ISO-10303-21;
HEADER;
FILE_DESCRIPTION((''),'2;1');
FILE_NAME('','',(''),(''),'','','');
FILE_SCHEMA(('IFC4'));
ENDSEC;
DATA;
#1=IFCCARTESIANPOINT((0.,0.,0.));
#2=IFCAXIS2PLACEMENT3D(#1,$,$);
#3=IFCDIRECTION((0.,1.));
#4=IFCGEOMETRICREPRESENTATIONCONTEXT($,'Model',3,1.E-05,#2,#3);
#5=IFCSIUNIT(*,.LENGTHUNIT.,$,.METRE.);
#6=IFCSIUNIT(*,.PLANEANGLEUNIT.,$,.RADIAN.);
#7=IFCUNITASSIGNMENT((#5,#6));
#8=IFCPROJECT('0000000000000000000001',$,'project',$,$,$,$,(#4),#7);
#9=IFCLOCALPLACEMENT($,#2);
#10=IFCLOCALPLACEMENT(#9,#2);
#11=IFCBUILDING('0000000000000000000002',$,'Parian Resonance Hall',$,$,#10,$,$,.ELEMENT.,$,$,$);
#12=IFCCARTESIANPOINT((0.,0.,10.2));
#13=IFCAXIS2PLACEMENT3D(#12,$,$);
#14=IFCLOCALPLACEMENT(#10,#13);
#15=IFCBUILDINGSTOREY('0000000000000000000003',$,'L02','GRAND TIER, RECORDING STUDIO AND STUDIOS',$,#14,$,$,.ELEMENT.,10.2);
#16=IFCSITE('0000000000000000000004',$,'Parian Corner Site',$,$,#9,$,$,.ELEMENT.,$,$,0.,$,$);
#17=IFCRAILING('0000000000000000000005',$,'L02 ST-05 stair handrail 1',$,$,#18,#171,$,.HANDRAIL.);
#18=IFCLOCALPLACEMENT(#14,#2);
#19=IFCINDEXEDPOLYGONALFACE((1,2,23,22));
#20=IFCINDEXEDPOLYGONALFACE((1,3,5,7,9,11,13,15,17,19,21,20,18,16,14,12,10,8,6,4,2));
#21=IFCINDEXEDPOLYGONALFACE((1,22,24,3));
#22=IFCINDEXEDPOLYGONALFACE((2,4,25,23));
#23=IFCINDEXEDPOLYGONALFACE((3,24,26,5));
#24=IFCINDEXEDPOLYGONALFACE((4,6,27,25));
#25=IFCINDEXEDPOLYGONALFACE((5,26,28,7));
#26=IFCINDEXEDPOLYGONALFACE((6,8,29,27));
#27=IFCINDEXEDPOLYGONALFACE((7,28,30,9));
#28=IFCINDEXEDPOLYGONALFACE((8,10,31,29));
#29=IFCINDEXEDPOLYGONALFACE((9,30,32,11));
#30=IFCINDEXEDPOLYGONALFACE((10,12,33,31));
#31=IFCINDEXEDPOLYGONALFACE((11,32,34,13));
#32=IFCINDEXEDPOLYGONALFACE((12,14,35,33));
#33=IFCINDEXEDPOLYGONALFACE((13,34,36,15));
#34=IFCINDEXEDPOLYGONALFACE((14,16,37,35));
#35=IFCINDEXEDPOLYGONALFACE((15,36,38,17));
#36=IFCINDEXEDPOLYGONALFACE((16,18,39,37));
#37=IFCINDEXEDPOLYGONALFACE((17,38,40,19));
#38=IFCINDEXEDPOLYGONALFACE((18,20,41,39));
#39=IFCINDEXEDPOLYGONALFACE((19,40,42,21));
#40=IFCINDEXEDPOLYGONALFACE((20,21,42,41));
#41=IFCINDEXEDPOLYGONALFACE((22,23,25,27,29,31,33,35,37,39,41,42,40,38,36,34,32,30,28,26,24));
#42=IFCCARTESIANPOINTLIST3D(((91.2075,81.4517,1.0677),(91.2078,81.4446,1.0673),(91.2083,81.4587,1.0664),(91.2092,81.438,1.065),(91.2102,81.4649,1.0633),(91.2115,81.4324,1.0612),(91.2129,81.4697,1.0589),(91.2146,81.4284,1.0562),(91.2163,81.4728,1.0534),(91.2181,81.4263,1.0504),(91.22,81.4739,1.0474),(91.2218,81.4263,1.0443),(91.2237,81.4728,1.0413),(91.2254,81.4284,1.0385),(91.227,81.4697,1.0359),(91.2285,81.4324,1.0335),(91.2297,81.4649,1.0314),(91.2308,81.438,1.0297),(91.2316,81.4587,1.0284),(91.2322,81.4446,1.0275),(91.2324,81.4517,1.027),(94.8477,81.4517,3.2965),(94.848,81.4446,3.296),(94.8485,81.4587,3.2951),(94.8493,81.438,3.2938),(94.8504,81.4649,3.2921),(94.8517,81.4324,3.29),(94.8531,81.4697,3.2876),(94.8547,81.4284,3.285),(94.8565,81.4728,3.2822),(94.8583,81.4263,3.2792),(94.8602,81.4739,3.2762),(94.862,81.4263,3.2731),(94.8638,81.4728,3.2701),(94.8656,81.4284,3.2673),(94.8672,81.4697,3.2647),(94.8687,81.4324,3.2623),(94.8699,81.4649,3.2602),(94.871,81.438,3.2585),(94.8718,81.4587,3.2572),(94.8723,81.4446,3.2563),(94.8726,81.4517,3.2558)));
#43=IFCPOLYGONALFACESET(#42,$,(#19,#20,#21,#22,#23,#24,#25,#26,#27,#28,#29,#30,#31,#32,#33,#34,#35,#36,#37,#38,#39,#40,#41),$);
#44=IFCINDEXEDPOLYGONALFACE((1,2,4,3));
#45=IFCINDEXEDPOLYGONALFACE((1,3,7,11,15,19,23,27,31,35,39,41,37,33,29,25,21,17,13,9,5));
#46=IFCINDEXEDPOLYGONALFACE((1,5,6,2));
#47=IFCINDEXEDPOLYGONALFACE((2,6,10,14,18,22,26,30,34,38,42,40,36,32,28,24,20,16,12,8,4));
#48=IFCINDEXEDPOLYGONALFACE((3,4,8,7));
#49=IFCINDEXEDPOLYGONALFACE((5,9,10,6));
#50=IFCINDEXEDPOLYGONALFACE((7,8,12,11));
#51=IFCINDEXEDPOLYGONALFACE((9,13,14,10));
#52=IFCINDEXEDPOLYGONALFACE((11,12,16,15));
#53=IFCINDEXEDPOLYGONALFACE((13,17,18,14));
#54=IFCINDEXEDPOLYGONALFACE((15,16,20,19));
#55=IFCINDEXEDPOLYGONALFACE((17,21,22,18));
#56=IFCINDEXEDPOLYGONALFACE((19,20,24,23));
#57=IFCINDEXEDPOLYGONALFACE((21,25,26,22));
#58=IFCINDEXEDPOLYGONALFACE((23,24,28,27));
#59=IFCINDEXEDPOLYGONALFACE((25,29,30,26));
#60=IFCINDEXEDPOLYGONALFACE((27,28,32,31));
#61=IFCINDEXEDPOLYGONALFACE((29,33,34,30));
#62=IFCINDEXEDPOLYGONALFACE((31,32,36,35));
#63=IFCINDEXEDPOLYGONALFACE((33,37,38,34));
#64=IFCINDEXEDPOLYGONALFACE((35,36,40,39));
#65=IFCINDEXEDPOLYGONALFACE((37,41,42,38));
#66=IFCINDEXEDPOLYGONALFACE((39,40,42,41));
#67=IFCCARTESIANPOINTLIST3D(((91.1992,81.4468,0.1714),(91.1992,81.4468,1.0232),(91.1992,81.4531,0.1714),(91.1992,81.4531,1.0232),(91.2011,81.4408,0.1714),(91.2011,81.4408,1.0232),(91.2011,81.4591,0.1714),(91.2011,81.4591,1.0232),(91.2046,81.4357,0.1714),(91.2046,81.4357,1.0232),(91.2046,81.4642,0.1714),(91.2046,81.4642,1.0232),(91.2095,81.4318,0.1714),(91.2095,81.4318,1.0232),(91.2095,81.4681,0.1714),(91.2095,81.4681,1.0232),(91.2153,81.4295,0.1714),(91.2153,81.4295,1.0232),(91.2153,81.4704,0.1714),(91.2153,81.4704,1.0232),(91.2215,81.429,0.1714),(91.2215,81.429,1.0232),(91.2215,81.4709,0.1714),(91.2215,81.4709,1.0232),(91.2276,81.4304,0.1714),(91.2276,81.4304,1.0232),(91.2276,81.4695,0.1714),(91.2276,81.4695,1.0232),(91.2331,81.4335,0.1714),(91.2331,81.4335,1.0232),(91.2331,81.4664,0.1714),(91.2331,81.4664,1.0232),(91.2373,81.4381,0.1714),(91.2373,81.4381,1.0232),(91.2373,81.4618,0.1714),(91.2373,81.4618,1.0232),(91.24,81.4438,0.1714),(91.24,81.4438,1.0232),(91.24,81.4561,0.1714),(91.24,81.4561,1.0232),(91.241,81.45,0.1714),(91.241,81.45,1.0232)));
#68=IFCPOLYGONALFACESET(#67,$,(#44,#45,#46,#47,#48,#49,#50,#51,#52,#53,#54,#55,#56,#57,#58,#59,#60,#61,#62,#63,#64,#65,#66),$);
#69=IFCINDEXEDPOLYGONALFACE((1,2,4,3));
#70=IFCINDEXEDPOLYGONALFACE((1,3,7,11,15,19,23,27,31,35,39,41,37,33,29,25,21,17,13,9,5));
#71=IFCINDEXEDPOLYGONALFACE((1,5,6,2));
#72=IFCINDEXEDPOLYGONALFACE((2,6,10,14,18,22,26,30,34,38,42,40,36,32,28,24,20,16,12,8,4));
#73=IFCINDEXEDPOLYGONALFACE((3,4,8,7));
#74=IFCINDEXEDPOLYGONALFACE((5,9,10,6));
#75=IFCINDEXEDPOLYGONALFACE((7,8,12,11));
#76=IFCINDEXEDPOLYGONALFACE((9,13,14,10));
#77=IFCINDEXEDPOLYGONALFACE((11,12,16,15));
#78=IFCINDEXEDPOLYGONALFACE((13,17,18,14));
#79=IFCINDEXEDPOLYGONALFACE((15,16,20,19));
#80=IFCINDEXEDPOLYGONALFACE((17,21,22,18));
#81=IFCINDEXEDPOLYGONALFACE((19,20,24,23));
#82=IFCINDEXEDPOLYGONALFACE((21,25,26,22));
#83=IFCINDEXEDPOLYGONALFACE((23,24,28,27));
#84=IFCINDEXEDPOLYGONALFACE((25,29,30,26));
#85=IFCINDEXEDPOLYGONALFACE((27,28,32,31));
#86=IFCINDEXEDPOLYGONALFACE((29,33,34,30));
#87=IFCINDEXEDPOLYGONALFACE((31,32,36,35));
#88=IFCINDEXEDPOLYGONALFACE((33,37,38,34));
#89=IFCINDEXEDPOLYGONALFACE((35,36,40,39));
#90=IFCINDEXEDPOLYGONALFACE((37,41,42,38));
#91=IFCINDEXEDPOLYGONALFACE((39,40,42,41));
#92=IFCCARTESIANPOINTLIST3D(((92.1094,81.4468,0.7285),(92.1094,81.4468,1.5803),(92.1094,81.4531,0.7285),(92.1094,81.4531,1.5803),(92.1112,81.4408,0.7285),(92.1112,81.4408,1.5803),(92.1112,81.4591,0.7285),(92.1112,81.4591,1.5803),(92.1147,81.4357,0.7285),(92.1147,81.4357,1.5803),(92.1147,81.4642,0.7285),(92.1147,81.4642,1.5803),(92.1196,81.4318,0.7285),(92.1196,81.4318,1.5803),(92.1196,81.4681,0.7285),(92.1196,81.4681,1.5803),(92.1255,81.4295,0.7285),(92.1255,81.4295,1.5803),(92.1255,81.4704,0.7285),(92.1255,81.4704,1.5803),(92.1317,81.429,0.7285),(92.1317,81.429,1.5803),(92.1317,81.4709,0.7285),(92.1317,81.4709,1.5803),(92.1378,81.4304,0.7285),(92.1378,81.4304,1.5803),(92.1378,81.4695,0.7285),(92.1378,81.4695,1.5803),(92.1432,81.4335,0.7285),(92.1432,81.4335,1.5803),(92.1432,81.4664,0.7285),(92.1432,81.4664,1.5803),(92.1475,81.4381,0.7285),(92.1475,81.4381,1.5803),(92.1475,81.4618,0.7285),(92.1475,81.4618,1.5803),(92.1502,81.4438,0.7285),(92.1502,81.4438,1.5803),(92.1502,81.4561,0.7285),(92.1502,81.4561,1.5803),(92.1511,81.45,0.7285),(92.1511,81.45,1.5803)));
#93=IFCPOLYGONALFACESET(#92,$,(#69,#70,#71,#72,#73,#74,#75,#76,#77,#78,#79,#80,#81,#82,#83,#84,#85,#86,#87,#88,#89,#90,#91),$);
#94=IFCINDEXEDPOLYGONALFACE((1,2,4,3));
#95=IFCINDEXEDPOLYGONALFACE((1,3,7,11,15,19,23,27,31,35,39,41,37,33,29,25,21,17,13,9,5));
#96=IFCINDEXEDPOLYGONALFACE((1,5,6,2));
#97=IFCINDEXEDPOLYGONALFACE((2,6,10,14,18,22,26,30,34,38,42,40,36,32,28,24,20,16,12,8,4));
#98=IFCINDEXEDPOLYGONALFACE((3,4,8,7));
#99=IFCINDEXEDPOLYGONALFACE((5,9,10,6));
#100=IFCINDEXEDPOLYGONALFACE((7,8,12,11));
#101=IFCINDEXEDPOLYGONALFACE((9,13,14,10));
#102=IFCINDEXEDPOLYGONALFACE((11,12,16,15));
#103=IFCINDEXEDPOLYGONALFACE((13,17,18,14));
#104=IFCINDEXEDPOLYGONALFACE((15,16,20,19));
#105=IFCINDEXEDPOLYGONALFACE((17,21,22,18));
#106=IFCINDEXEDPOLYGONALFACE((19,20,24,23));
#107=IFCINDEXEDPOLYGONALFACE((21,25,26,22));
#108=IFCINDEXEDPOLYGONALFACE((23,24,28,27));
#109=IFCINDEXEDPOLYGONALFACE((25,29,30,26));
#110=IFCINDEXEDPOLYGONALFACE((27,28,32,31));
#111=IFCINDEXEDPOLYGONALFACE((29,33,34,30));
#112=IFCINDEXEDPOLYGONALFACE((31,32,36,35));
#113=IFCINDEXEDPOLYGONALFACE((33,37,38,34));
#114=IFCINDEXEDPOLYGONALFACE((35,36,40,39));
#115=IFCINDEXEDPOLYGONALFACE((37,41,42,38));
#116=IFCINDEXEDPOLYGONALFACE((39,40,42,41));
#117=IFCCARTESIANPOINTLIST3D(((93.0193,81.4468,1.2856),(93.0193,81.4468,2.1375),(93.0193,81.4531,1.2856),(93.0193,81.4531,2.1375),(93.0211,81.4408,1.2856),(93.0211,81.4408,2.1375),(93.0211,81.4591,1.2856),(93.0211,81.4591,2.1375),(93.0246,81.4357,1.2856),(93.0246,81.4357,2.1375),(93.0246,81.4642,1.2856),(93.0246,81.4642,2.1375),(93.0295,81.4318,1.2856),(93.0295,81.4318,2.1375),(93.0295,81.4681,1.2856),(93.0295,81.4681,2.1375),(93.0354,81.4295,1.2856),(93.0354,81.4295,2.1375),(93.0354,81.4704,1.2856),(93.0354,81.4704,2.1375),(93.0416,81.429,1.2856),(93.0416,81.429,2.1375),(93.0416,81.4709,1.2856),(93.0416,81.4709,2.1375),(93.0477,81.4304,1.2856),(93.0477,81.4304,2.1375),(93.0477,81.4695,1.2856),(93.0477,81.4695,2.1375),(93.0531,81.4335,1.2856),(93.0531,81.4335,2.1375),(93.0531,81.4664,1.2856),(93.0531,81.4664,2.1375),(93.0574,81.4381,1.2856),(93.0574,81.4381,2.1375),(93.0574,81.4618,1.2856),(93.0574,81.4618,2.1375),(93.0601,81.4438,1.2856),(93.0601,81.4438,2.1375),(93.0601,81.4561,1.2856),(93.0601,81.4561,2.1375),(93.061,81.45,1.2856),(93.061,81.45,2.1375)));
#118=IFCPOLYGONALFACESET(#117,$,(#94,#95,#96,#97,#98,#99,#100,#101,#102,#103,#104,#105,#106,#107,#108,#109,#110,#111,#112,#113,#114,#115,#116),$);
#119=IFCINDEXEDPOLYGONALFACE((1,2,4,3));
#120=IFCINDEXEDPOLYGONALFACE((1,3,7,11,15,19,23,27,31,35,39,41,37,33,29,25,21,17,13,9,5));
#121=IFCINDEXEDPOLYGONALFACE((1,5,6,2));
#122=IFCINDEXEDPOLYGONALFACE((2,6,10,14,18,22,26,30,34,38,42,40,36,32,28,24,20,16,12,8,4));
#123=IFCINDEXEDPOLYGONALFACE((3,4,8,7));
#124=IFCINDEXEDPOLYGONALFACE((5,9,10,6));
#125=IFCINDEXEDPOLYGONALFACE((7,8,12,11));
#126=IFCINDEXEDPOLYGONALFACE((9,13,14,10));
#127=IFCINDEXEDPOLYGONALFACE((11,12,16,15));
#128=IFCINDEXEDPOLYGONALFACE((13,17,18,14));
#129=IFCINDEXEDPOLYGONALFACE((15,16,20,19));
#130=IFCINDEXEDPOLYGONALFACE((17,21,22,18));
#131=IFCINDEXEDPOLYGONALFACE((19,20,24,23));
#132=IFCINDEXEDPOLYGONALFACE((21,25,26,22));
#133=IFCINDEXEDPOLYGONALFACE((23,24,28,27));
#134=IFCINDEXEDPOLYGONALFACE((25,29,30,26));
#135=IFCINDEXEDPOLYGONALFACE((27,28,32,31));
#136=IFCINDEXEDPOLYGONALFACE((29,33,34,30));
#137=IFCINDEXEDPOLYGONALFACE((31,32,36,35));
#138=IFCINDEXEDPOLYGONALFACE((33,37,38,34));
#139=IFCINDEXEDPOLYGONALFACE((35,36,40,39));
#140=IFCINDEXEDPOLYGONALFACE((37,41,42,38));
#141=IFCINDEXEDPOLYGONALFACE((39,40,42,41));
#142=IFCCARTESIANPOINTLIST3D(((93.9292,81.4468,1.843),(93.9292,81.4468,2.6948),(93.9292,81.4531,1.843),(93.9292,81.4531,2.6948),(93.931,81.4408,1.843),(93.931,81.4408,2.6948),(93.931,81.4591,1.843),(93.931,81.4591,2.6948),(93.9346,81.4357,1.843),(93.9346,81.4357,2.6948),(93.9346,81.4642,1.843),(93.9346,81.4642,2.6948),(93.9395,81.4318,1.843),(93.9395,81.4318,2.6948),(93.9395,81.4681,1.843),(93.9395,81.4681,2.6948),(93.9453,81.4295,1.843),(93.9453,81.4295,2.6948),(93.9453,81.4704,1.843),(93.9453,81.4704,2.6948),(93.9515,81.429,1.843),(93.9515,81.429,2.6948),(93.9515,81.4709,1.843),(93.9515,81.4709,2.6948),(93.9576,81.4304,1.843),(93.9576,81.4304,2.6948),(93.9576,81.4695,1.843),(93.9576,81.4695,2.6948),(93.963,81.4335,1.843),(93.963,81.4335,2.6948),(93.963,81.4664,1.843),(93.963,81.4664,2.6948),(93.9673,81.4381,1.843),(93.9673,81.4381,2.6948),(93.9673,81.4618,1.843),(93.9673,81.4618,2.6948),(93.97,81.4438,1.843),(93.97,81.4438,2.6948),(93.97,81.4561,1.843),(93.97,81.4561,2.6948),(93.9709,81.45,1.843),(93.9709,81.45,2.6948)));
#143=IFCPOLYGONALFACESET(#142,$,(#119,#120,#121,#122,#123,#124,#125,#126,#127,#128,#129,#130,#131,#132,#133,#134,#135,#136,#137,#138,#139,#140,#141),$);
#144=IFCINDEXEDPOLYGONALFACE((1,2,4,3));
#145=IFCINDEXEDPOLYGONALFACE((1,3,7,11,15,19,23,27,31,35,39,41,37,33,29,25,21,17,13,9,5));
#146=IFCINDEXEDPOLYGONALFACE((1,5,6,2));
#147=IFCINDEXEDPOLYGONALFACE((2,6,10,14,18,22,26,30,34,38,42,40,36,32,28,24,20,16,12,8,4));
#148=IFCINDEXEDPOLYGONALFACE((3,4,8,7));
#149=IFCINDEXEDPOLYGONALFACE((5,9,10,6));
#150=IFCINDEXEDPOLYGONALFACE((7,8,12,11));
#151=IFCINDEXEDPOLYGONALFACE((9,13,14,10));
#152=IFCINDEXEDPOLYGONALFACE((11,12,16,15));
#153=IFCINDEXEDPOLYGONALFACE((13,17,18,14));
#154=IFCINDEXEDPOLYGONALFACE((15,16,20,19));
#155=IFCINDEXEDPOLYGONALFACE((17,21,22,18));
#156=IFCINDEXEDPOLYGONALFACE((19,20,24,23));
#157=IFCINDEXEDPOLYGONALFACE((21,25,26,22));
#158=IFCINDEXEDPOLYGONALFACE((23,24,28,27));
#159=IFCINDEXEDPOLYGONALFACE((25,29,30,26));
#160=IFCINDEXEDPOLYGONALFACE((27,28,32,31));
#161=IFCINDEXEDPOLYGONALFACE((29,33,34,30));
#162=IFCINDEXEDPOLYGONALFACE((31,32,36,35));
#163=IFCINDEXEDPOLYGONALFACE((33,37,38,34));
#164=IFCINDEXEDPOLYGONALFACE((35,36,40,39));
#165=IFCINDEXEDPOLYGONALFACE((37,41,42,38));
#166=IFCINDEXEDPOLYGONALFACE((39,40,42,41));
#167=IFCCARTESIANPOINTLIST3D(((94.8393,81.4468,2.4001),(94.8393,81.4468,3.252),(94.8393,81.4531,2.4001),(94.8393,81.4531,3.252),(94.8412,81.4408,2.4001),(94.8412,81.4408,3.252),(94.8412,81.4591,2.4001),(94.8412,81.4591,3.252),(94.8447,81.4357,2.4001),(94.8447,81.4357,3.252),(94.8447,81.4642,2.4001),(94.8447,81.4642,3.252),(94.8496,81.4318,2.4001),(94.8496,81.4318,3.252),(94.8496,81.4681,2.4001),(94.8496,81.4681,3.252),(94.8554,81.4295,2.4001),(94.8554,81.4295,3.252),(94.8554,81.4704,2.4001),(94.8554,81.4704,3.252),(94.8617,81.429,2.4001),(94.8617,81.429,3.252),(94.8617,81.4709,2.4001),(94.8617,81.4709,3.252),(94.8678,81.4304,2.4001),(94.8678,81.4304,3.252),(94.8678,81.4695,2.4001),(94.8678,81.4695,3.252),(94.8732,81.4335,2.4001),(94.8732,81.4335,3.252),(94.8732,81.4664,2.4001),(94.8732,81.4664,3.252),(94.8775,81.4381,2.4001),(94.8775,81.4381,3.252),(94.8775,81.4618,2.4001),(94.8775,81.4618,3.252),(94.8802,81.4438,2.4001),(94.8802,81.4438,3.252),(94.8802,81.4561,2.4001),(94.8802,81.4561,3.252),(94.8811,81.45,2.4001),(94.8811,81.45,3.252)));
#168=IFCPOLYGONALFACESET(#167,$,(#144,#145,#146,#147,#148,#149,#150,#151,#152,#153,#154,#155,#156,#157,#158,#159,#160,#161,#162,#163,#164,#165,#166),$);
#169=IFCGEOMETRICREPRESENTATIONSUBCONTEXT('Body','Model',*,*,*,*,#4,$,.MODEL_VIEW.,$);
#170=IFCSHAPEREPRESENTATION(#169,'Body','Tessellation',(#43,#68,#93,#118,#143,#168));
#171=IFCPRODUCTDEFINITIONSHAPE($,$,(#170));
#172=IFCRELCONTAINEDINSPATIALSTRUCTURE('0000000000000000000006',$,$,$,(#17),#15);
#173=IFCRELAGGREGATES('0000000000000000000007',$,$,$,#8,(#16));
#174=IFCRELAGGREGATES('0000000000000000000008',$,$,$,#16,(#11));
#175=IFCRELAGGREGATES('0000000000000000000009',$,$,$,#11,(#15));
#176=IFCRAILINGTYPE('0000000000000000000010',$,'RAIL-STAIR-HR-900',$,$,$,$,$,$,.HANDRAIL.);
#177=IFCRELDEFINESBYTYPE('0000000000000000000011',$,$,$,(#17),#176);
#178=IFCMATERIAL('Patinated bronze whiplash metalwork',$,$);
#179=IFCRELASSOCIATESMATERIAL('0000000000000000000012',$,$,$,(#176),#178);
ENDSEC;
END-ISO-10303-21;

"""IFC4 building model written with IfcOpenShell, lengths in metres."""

from ifc_helpers import new_model, si_unit, direction, frame, origin, origin_2d, place, context, subcontext, project, spatial, circle, extrude, material, type_object, element, save


model = new_model("IFC4")

# Units and contexts
model_context = context("Model", 3, precision=1e-05, world=origin(), true_north=direction((0.0, 1.0)))
body_context = subcontext(model_context, "Body", "Model", "MODEL_VIEW")
ifc_project = project(units=[si_unit("LENGTHUNIT", "METRE"), si_unit("PLANEANGLEUNIT", "RADIAN")], contexts=[model_context])

# Site, building, storey
site_placement = place(None, origin())
site = spatial("IfcSite", under=ifc_project, at=site_placement, Name="Parian Corner Site", CompositionType="ELEMENT", RefElevation=0.0)
building_placement = place(site_placement, origin())
building = spatial("IfcBuilding", under=site, at=building_placement, Name="Parian Resonance Hall", CompositionType="ELEMENT")
storey_placement = place(building_placement, frame((0.0, 0.0, 10.2)))
storey = spatial("IfcBuildingStorey", under=building, at=storey_placement, Name="L02", Description="GRAND TIER, RECORDING STUDIO AND STUDIOS", CompositionType="ELEMENT", Elevation=10.2)

# Railing
ifc_material_1 = material(Name="Patinated bronze whiplash metalwork")
railing_type_1 = type_object("IfcRailingType", Name="RAIL-STAIR-HR-900", PredefinedType="HANDRAIL", material=ifc_material_1)
railing_1_placement = place(storey_placement, frame((91.22, 81.45, 0.1714)))
element("IfcRailing", 1, at=railing_1_placement, inside=storey, type_object=railing_type_1, Name="L02 ST-05 stair handrail 1", PredefinedType="HANDRAIL", context=body_context, shape_type="SweptSolid", body=[
    extrude(circle(Radius=0.0239, at=origin_2d()), frame((0.0, 0.0, 0.876), z_axis=(0.85284, 0.0, 0.522172), x_axis=(0.0, 1.0, 0.0)), (0.0, 0.0, 1.0), 4.2683),
    extrude(circle(Radius=0.021, at=origin_2d()), origin(), (0.0, 0.0, 1.0), 0.8518),
    extrude(circle(Radius=0.021, at=origin_2d()), frame((0.9102, 0.0, 0.5571)), (0.0, 0.0, 1.0), 0.8518),
    extrude(circle(Radius=0.021, at=origin_2d()), frame((1.8201, 0.0, 1.1143)), (0.0, 0.0, 1.0), 0.8518),
    extrude(circle(Radius=0.021, at=origin_2d()), frame((2.73, 0.0, 1.6716)), (0.0, 0.0, 1.0), 0.8518),
    extrude(circle(Radius=0.021, at=origin_2d()), frame((3.6401, 0.0, 2.2288)), (0.0, 0.0, 1.0), 0.8518),
])

save(model, "model.ifc")
